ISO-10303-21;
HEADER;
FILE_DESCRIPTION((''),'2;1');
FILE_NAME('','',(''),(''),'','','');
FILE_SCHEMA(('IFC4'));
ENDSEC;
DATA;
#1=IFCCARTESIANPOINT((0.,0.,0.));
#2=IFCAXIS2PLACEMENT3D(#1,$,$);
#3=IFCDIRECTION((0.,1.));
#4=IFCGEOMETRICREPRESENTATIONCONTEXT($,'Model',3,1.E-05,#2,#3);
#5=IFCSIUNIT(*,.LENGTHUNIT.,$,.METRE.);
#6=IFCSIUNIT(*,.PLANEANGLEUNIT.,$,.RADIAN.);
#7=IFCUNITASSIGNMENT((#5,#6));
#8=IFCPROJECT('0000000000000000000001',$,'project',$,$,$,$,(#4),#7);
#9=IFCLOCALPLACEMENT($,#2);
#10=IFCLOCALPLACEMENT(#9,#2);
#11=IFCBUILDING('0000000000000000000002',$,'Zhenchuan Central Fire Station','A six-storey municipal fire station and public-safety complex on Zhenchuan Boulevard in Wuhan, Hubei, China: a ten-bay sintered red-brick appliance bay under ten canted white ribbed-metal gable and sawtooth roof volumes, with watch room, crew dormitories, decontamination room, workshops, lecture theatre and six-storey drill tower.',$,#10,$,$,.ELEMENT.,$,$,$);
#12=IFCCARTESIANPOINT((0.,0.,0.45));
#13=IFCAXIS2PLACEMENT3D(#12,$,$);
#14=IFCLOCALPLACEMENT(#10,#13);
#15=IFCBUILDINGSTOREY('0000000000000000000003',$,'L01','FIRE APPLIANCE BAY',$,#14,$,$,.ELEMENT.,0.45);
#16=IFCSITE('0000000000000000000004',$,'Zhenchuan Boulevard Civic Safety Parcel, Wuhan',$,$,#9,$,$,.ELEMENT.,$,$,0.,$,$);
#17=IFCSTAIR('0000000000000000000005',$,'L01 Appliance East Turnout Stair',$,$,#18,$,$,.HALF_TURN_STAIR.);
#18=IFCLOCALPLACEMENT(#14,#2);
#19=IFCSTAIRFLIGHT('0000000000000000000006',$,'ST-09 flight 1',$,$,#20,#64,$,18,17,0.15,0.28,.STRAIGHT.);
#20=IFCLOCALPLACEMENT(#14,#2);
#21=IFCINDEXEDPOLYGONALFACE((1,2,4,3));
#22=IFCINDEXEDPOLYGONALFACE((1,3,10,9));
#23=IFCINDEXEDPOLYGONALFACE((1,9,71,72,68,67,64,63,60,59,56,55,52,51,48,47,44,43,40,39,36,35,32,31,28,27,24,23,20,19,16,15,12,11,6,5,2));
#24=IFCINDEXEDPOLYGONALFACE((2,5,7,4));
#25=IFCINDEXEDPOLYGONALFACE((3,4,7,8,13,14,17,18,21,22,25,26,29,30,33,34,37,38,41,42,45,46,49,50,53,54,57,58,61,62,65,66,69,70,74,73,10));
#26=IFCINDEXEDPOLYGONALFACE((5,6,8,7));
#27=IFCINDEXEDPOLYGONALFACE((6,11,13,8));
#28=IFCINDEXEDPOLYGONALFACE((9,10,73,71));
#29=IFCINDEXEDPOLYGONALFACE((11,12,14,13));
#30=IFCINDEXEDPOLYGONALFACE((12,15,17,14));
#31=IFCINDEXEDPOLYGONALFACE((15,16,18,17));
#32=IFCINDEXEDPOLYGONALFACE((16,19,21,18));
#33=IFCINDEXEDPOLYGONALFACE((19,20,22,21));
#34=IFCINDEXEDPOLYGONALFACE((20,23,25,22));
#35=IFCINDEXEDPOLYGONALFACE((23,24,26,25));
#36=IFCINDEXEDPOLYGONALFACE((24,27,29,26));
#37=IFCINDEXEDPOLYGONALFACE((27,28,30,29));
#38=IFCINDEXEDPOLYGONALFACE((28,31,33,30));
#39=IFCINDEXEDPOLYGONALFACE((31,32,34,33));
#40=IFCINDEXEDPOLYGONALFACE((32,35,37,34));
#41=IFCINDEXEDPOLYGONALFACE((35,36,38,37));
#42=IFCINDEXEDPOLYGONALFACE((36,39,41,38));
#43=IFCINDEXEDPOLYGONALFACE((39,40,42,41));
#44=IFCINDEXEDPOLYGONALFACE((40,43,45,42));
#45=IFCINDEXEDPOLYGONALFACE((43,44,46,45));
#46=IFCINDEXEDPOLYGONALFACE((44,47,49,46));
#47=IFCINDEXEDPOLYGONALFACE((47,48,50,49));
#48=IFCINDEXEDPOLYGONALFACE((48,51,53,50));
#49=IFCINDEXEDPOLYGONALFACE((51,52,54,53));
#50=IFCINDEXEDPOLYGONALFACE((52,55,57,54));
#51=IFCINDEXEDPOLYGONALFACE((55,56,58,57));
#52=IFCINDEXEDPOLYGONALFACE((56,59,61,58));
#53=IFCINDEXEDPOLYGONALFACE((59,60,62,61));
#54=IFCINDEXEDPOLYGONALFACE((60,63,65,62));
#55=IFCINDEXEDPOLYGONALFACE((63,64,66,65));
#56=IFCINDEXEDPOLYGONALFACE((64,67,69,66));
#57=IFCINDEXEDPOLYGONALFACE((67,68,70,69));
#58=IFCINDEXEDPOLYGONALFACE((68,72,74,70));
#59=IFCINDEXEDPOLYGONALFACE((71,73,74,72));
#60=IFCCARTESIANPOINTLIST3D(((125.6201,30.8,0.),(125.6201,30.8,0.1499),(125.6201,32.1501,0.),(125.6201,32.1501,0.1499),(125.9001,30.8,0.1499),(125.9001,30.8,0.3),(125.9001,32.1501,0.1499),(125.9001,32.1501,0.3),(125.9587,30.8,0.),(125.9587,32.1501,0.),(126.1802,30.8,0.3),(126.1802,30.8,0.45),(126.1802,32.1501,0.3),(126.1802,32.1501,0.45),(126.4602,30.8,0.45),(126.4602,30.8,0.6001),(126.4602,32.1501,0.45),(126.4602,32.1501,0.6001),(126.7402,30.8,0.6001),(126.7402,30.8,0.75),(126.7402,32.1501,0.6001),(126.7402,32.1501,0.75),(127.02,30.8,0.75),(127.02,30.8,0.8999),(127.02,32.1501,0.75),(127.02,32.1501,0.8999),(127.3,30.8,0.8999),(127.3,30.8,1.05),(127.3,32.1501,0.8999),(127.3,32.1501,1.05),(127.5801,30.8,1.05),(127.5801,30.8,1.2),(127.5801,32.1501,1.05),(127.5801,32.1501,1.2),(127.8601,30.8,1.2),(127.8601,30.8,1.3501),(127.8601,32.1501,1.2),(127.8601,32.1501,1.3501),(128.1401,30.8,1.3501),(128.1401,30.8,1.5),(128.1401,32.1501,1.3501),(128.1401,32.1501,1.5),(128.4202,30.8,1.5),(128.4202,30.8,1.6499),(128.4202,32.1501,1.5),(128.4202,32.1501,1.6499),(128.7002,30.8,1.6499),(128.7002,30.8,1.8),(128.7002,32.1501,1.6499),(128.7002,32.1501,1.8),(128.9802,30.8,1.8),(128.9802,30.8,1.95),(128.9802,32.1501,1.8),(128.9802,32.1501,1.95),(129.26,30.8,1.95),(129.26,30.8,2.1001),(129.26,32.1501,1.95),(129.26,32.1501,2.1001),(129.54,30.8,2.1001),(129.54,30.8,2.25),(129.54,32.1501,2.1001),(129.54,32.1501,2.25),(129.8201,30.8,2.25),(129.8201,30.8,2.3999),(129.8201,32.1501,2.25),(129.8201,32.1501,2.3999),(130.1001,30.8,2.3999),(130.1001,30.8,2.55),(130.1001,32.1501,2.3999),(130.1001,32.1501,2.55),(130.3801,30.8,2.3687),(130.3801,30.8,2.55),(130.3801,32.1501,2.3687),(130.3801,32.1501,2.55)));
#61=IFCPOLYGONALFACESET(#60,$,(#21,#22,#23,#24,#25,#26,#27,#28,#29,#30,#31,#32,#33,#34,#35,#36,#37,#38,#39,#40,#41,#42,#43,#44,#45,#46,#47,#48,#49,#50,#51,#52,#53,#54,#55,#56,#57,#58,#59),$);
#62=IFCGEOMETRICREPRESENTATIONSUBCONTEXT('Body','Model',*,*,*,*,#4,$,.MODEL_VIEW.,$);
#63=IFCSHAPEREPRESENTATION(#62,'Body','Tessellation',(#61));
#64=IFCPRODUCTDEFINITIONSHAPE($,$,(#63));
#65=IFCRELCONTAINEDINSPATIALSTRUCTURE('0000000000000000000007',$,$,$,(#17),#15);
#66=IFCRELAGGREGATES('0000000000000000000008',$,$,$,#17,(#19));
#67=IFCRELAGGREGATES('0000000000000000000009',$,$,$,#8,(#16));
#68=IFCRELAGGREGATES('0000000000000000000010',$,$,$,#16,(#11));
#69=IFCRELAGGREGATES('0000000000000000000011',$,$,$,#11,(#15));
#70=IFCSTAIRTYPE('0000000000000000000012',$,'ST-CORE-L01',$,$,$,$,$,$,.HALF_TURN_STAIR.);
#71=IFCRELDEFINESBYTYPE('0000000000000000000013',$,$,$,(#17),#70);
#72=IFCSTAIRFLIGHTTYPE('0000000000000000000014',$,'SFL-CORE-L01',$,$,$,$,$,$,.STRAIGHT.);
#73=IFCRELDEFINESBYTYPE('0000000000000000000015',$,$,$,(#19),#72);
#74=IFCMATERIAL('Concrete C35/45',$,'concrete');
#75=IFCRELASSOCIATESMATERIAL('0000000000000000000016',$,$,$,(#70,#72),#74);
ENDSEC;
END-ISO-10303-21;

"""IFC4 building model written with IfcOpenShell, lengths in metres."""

from ifc_helpers import new_model, si_unit, direction, frame, origin, place, context, subcontext, project, spatial, polyline, outline, extrude, material, type_object, element, aggregate, save


model = new_model("IFC4")

# Units and contexts
model_context = context("Model", 3, precision=1e-05, world=origin(), true_north=direction((0.0, 1.0)))
body_context = subcontext(model_context, "Body", "Model", "MODEL_VIEW")
ifc_project = project(units=[si_unit("LENGTHUNIT", "METRE"), si_unit("PLANEANGLEUNIT", "RADIAN")], contexts=[model_context])

# Site, building, storey
site_placement = place(None, origin())
site = spatial("IfcSite", under=ifc_project, at=site_placement, Name="Zhenchuan Boulevard Civic Safety Parcel, Wuhan", CompositionType="ELEMENT", RefElevation=0.0)
building_placement = place(site_placement, origin())
building = spatial("IfcBuilding", under=site, at=building_placement, Name="Zhenchuan Central Fire Station", Description="A six-storey municipal fire station and public-safety complex on Zhenchuan Boulevard in Wuhan, Hubei, China: a ten-bay sintered red-brick appliance bay under ten canted white ribbed-metal gable and sawtooth roof volumes, with watch room, crew dormitories, decontamination room, workshops, lecture theatre and six-storey drill tower.", CompositionType="ELEMENT")
storey_placement = place(building_placement, frame((0.0, 0.0, 0.45)))
storey = spatial("IfcBuildingStorey", under=building, at=storey_placement, Name="L01", Description="FIRE APPLIANCE BAY", CompositionType="ELEMENT", Elevation=0.45)

# Stair, stair flight
ifc_material_1 = material(Name="Concrete C35/45", Category="concrete")
stair_type = type_object("IfcStairType", Name="ST-CORE-L01", PredefinedType="HALF_TURN_STAIR", material=ifc_material_1)
stair_placement = place(storey_placement, origin())
stair = element("IfcStair", 1, at=stair_placement, inside=storey, type_object=stair_type, Name="L01 Appliance East Turnout Stair", PredefinedType="HALF_TURN_STAIR")
stair_flight_type = type_object("IfcStairFlightType", Name="SFL-CORE-L01", PredefinedType="STRAIGHT", material=ifc_material_1)
stair_flight_placement = place(storey_placement, frame((125.6201, 31.4751, 0.0), z_axis=(0.0, 0.0, 1.0), x_axis=(1.0, 0.0, 0.0)))
stair_flight = element("IfcStairFlight", 2, at=stair_flight_placement, type_object=stair_flight_type, Name="ST-09 flight 1", NumberOfRisers=18, NumberOfTreads=17, PredefinedType="STRAIGHT", RiserHeight=0.15, TreadLength=0.28, context=body_context, shape_type="SweptSolid", body=[
    extrude(outline(polyline([(0.0, 0.0), (0.0, 0.1499), (0.28, 0.1499), (0.28, 0.3), (0.5601, 0.3), (0.5601, 0.45), (0.8401, 0.45), (0.8401, 0.6001), (1.1201, 0.6001), (1.1201, 0.75), (1.3999, 0.75), (1.3999, 0.8999), (1.6799, 0.8999), (1.6799, 1.05), (1.96, 1.05), (1.96, 1.2), (2.24, 1.2), (2.24, 1.3501), (2.52, 1.3501), (2.52, 1.5), (2.8, 1.5), (2.8, 1.6499), (3.0801, 1.6499), (3.0801, 1.8), (3.3601, 1.8), (3.3601, 1.95), (3.6399, 1.95), (3.6399, 2.1001), (3.9199, 2.1001), (3.9199, 2.25), (4.2, 2.25), (4.2, 2.3999), (4.48, 2.3999), (4.48, 2.55), (4.76, 2.55), (4.76, 2.7), (4.76, 2.3687), (0.3386, 0.0), (0.0, 0.0)])), frame((0.0, 0.675, 0.0), z_axis=(0.0, -1.0, 0.0), x_axis=(1.0, 0.0, 0.0)), (0.0, 0.0, 1.0), 1.3501),
])
aggregate(stair, [stair_flight])

save(model, "model.ifc")
